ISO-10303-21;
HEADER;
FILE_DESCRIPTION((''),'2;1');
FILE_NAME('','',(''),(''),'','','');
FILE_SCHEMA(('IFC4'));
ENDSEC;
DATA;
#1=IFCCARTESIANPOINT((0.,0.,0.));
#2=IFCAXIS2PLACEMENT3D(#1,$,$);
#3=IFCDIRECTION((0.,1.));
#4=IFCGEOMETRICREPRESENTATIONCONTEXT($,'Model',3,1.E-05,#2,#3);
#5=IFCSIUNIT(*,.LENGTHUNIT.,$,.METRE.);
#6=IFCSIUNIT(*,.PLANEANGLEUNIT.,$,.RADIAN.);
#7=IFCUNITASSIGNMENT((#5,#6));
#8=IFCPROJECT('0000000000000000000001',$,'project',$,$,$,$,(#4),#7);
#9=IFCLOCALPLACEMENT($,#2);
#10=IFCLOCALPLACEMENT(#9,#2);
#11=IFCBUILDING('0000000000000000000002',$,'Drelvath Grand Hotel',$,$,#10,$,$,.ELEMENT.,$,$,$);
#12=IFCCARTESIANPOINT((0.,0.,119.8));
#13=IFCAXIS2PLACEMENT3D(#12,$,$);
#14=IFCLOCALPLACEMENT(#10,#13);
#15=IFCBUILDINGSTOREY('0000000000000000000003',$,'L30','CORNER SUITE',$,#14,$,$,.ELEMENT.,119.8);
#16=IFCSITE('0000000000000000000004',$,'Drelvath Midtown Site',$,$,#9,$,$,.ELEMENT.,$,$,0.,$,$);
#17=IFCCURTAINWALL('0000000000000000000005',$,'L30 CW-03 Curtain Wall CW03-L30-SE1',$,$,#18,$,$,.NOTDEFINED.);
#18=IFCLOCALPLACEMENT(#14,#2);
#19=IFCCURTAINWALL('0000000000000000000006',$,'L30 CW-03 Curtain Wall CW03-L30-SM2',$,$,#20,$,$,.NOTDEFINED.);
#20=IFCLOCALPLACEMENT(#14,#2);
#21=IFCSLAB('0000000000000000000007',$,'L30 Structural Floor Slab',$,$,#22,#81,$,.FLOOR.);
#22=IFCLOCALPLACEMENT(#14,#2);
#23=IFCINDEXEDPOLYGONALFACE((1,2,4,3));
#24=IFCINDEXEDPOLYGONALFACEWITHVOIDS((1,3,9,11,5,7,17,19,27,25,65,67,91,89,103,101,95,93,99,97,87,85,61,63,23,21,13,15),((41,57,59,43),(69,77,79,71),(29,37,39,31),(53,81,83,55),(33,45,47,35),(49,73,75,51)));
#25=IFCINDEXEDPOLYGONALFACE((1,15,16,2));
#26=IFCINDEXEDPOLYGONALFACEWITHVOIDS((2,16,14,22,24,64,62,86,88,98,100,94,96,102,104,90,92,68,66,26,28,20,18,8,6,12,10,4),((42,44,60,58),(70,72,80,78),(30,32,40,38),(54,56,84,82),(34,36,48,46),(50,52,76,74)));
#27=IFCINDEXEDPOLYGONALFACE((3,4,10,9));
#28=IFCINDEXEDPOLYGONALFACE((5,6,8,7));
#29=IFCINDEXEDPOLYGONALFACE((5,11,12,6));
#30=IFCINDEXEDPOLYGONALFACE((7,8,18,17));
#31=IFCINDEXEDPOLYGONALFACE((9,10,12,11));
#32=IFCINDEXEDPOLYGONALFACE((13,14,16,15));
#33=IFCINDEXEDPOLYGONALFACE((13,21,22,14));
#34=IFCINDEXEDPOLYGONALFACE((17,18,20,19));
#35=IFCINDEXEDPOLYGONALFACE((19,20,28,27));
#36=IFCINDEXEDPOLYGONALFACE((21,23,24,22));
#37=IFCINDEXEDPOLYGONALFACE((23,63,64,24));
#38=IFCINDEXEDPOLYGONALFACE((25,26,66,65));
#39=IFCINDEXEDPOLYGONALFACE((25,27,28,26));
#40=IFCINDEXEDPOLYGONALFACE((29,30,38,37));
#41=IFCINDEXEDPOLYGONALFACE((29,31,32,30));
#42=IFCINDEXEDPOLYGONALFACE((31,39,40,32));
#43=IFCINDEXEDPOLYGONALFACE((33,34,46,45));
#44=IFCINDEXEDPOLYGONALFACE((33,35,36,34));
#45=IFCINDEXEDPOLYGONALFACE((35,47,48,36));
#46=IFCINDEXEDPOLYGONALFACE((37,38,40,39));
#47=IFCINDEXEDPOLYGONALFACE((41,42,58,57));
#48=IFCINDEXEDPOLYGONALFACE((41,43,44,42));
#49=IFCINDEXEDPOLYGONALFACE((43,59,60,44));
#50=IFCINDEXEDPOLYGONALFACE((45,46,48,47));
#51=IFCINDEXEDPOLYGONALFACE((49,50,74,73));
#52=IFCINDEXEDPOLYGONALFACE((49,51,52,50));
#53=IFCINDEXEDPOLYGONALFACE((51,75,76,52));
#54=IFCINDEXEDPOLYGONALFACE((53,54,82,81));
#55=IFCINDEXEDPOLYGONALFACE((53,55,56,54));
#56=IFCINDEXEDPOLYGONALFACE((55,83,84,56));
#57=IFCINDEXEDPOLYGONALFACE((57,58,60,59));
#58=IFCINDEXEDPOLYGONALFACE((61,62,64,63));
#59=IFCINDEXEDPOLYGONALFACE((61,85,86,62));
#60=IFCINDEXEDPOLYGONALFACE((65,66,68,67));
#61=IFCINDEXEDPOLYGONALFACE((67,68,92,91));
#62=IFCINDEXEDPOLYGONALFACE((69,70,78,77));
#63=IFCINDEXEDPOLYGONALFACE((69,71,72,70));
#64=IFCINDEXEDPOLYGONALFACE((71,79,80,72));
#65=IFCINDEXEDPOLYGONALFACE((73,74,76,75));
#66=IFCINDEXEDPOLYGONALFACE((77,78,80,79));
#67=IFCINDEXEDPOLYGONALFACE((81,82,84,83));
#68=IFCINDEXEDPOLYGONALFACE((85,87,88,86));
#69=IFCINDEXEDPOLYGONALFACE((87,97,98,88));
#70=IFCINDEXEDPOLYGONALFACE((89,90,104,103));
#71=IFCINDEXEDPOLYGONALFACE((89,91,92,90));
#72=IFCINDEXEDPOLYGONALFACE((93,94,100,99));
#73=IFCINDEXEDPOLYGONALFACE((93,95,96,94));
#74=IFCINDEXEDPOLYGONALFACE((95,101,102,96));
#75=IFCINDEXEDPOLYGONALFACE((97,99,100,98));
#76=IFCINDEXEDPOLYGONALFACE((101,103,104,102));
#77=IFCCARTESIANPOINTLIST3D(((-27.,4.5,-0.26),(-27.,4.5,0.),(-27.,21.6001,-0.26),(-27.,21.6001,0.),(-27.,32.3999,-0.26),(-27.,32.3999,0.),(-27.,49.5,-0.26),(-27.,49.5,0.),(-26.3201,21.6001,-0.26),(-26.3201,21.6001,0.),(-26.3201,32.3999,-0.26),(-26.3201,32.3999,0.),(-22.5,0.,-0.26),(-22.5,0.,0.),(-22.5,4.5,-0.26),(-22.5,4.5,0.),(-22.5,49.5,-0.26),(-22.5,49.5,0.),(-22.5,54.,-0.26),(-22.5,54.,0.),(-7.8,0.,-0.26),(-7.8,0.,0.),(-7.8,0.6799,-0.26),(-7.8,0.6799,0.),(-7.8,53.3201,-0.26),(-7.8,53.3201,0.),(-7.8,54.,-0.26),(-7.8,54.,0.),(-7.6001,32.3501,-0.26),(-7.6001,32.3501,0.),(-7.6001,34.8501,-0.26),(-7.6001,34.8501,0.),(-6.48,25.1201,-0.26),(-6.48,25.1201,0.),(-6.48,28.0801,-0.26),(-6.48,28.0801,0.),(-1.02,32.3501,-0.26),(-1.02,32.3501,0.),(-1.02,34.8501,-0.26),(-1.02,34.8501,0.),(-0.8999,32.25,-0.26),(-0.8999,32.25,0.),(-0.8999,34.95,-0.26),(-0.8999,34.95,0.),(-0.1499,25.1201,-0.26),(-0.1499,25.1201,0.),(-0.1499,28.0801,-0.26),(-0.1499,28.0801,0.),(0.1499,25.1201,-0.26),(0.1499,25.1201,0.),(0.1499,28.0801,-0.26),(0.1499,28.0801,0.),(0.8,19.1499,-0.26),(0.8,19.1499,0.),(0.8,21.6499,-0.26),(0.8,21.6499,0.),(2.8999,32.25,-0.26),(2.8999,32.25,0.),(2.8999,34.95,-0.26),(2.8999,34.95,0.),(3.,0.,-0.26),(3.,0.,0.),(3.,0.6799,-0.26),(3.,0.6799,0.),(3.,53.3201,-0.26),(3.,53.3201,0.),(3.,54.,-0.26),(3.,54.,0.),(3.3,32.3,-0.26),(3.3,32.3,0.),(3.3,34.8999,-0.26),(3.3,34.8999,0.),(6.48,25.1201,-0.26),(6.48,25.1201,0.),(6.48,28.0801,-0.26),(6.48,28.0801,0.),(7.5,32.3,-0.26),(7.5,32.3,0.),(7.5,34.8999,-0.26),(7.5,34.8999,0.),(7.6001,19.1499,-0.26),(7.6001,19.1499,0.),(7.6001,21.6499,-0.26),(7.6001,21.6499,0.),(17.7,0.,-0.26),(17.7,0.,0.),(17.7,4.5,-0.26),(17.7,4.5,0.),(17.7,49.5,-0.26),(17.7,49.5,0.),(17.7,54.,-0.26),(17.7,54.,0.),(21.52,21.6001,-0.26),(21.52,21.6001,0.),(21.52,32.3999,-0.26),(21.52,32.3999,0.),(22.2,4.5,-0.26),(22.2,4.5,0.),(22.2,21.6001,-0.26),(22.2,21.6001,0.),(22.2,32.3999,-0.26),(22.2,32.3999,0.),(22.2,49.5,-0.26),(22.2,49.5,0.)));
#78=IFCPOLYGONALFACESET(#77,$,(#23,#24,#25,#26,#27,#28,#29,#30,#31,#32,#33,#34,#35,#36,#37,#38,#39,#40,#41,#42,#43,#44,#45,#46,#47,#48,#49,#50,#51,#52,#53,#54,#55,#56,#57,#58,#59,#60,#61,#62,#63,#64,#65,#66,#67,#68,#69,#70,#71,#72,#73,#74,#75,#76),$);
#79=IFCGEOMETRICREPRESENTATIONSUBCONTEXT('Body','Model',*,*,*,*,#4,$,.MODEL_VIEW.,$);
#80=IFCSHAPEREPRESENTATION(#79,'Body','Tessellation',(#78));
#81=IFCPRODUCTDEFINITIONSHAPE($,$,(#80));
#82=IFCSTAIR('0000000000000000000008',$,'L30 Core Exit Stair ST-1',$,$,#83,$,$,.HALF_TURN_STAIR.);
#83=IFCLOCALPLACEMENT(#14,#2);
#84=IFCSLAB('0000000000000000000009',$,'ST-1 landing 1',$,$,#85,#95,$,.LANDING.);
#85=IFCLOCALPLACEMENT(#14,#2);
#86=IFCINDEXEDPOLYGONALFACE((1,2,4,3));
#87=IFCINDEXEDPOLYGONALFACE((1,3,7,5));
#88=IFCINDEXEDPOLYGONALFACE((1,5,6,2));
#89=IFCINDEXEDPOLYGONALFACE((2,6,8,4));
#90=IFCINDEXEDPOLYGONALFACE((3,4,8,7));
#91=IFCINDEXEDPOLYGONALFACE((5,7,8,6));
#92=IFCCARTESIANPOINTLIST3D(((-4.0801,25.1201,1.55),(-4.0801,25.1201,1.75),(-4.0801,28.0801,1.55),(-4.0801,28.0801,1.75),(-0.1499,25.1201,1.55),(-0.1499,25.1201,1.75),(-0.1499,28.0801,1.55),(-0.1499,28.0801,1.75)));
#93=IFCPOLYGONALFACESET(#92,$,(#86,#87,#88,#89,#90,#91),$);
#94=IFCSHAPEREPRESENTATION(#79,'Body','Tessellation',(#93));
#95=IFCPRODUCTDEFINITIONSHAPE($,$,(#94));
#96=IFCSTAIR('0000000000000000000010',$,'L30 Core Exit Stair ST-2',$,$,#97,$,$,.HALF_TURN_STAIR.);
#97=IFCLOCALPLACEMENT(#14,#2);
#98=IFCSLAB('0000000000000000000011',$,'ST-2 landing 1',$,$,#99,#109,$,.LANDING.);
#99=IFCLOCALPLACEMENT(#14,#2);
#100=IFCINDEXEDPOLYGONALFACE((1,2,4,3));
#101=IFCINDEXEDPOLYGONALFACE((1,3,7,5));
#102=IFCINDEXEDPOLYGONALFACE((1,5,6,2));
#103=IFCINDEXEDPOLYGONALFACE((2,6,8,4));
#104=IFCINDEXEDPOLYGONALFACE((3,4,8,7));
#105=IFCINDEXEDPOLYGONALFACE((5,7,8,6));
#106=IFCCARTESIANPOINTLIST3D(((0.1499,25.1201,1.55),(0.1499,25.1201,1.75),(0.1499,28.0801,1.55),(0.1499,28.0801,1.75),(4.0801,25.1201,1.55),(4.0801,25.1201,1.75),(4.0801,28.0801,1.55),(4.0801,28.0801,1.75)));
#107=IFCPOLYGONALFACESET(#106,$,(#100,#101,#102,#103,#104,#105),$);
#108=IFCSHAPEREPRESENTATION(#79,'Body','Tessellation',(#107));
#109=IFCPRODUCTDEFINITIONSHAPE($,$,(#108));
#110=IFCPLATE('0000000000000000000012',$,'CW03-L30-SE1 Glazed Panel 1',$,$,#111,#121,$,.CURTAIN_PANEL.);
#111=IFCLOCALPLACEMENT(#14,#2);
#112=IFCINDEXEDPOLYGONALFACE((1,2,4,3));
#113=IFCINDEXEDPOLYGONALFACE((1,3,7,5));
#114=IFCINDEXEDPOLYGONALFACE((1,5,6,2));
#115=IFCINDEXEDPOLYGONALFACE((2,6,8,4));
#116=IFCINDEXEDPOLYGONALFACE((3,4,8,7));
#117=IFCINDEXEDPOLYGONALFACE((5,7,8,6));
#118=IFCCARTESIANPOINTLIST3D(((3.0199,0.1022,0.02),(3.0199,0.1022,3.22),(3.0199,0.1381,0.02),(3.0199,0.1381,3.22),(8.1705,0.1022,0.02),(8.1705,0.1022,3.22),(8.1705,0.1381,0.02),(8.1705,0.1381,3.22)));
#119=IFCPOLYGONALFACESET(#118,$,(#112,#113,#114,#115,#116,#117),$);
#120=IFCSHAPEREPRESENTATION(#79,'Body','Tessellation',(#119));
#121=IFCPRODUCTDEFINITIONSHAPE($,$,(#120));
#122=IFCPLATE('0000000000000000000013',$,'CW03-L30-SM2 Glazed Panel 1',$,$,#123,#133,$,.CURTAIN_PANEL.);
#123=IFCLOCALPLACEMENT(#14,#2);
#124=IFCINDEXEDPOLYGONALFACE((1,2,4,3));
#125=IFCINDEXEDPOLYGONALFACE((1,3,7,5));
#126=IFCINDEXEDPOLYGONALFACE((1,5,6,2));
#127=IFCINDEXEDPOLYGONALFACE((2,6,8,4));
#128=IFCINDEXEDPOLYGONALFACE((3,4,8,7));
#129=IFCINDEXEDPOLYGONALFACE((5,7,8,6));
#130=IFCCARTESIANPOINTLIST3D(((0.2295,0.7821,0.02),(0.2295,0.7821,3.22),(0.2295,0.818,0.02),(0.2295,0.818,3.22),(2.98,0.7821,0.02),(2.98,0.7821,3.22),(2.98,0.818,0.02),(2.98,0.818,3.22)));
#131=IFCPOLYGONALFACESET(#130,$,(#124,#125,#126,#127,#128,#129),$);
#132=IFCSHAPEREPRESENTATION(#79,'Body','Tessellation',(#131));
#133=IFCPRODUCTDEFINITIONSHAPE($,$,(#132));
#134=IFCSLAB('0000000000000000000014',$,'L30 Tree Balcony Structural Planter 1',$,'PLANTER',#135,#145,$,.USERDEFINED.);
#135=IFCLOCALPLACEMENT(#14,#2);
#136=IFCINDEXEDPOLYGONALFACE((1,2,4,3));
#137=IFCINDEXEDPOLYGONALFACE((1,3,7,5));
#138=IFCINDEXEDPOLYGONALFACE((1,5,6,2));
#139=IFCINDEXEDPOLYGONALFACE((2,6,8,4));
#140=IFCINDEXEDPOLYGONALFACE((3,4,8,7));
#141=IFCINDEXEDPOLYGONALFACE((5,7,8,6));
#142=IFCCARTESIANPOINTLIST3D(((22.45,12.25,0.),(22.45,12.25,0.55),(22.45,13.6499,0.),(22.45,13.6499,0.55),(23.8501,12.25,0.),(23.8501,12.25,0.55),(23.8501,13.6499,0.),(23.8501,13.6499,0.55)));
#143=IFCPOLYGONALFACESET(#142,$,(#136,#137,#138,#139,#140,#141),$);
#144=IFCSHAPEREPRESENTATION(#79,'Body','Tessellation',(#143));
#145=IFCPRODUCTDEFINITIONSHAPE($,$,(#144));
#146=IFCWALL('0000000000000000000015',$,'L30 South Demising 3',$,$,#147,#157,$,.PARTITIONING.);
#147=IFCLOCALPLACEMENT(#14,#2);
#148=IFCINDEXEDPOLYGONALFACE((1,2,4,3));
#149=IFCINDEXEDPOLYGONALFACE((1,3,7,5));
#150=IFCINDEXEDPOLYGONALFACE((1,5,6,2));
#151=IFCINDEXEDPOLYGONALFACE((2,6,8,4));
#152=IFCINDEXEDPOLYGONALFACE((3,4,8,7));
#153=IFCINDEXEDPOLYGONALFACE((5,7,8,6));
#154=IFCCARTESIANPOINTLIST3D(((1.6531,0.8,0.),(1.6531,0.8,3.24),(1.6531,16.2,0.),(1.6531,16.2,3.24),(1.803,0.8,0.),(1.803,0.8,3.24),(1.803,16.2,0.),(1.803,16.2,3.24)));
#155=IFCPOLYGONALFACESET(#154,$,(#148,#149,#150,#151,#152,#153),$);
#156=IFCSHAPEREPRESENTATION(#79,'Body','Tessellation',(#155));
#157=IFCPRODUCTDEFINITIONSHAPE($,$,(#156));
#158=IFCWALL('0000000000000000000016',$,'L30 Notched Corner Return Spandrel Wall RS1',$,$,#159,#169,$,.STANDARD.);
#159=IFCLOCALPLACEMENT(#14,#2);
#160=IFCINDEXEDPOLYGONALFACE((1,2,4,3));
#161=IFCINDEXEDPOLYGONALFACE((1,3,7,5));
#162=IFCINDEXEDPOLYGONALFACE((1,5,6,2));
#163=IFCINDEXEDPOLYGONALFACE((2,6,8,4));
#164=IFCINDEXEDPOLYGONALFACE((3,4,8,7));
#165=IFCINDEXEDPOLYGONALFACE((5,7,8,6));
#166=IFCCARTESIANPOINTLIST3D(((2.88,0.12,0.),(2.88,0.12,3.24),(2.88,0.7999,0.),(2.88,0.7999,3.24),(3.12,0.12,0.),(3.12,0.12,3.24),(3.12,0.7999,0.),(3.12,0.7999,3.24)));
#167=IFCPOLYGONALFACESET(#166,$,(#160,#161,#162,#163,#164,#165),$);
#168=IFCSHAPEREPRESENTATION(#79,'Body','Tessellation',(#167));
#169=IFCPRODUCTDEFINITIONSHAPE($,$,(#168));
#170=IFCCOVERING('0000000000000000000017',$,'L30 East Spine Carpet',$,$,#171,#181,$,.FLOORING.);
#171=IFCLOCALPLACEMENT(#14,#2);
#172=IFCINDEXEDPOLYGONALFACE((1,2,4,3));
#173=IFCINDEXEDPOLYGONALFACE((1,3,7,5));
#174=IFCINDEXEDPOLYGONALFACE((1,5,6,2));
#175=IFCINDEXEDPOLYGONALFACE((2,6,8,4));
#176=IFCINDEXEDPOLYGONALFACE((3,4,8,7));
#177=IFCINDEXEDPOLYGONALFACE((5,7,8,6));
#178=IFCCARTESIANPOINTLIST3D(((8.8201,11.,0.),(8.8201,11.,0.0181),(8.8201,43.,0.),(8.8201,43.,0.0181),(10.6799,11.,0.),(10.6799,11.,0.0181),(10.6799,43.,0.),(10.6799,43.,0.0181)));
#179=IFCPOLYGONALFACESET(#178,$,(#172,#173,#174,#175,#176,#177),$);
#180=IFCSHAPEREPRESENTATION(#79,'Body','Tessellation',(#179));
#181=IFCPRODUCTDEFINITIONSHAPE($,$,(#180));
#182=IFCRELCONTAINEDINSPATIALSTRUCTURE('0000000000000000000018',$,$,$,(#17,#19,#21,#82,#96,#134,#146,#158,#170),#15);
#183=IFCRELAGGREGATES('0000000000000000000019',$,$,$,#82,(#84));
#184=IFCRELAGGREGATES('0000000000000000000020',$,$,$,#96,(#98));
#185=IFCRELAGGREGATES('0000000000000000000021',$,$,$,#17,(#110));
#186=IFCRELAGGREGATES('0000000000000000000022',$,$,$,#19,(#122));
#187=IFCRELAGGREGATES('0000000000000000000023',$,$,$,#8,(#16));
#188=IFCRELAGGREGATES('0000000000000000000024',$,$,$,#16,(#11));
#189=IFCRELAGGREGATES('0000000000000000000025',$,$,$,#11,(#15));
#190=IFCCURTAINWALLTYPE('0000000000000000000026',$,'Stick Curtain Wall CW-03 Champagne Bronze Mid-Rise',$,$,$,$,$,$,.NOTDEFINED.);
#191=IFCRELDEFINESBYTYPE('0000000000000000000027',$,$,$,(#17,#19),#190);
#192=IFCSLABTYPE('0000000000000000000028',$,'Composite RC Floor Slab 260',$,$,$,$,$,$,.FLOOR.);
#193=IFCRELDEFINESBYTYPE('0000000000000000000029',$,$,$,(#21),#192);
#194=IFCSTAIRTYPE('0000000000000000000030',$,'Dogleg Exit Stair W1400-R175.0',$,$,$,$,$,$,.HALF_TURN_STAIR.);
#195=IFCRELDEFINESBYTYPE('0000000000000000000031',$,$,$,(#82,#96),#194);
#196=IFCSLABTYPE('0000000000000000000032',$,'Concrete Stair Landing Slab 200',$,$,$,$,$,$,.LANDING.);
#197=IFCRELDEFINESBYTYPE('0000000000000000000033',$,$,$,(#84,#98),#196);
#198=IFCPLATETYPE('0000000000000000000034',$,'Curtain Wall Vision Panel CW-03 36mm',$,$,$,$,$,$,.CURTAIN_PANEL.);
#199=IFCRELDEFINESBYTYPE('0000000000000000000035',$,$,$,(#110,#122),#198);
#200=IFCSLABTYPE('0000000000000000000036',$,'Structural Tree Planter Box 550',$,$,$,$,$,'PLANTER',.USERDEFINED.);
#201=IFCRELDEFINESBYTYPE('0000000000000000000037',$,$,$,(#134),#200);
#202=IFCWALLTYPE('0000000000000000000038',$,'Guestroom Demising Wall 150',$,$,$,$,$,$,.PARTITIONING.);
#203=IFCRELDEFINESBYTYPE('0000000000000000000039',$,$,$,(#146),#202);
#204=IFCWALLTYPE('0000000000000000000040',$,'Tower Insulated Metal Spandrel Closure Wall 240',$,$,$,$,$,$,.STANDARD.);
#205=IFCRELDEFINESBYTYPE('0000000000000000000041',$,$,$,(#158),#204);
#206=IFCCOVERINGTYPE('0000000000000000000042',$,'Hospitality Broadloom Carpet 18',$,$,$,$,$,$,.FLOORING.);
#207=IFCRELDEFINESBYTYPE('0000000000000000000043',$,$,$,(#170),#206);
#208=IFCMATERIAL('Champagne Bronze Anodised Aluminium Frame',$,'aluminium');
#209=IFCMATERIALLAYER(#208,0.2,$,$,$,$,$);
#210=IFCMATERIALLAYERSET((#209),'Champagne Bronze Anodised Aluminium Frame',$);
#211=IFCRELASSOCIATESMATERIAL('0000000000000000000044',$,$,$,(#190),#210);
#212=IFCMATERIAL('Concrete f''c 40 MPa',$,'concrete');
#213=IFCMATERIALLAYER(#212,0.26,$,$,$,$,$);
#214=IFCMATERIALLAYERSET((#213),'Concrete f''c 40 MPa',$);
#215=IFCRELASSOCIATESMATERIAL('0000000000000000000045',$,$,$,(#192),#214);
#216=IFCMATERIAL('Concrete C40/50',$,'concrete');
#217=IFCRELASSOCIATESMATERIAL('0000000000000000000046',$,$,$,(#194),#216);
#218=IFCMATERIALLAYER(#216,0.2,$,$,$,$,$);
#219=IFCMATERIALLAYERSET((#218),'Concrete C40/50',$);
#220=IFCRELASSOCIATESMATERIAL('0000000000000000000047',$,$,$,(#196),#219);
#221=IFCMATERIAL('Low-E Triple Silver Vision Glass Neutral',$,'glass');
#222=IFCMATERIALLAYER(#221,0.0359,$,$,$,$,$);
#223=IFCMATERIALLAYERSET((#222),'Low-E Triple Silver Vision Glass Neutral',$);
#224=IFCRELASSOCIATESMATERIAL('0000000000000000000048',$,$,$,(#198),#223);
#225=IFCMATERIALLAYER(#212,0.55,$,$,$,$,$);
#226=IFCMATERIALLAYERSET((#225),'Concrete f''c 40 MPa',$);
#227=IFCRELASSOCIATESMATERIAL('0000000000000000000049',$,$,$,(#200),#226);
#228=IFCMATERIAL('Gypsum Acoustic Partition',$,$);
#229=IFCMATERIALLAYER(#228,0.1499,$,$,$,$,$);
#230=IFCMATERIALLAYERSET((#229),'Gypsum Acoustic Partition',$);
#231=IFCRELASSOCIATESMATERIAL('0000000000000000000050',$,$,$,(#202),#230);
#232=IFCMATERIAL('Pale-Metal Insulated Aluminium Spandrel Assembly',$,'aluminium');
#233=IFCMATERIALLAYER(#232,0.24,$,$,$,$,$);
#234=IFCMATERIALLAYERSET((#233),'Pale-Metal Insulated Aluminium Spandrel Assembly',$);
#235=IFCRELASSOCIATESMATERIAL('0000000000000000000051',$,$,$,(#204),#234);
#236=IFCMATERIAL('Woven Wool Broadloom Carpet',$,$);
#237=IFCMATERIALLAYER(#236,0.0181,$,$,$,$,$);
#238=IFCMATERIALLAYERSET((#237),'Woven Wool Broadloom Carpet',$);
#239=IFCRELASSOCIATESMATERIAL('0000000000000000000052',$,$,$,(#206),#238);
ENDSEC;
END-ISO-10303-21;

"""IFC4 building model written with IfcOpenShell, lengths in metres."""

from ifc_helpers import new_model, si_unit, direction, frame, frame_2d, origin, origin_2d, place, context, subcontext, project, spatial, polyline, rectangle, outline, extrude, material, layer, layer_set, type_object, element, aggregate, save


model = new_model("IFC4")

# Units and contexts
model_context = context("Model", 3, precision=1e-05, world=origin(), true_north=direction((0.0, 1.0)))
body_context = subcontext(model_context, "Body", "Model", "MODEL_VIEW")
ifc_project = project(units=[si_unit("LENGTHUNIT", "METRE"), si_unit("PLANEANGLEUNIT", "RADIAN")], contexts=[model_context])

# Site, building, storey
site_placement = place(None, origin())
site = spatial("IfcSite", under=ifc_project, at=site_placement, Name="Drelvath Midtown Site", CompositionType="ELEMENT", RefElevation=0.0)
building_placement = place(site_placement, origin())
building = spatial("IfcBuilding", under=site, at=building_placement, Name="Drelvath Grand Hotel", CompositionType="ELEMENT")
storey_placement = place(building_placement, frame((0.0, 0.0, 119.8)))
storey = spatial("IfcBuildingStorey", under=building, at=storey_placement, Name="L30", Description="CORNER SUITE", CompositionType="ELEMENT", Elevation=119.8)

# Curtain walls
ifc_material_1 = material(Name="Champagne Bronze Anodised Aluminium Frame", Category="aluminium")
ifc_layer_1 = layer(ifc_material_1, 0.2)
ifc_layer_set_1 = layer_set([ifc_layer_1], Name="Champagne Bronze Anodised Aluminium Frame")
curtain_wall_type = type_object("IfcCurtainWallType", Name="Stick Curtain Wall CW-03 Champagne Bronze Mid-Rise", PredefinedType="NOTDEFINED", material=ifc_layer_set_1)
curtain_wall_1_placement = place(storey_placement, origin())
curtain_wall_1 = element("IfcCurtainWall", 1, at=curtain_wall_1_placement, inside=storey, type_object=curtain_wall_type, Name="L30 CW-03 Curtain Wall CW03-L30-SE1", PredefinedType="NOTDEFINED")
curtain_wall_2_placement = place(storey_placement, origin())
curtain_wall_2 = element("IfcCurtainWall", 2, at=curtain_wall_2_placement, inside=storey, type_object=curtain_wall_type, Name="L30 CW-03 Curtain Wall CW03-L30-SM2", PredefinedType="NOTDEFINED")

# Slab
ifc_material_2 = material(Name="Concrete f'c 40 MPa", Category="concrete")
ifc_layer_2 = layer(ifc_material_2, 0.26)
ifc_layer_set_2 = layer_set([ifc_layer_2], Name="Concrete f'c 40 MPa")
slab_type_1 = type_object("IfcSlabType", Name="Composite RC Floor Slab 260", PredefinedType="FLOOR", material=ifc_layer_set_2)
slab_1_placement = place(storey_placement, frame((0.0, 0.0, -0.26)))
element("IfcSlab", 3, at=slab_1_placement, inside=storey, type_object=slab_type_1, Name="L30 Structural Floor Slab", PredefinedType="FLOOR", context=body_context, shape_type="SweptSolid", body=[
    extrude(outline(polyline([(-22.5, 0.0), (-7.8, 0.0), (-7.8, 0.6799), (3.0, 0.6799), (3.0, 0.0), (17.7, 0.0), (17.7, 4.5), (22.2, 4.5), (22.2, 21.6001), (21.52, 21.6001), (21.52, 32.3999), (22.2, 32.3999), (22.2, 49.5), (17.7, 49.5), (17.7, 54.0), (3.0, 54.0), (3.0, 53.3201), (-7.8, 53.3201), (-7.8, 54.0), (-22.5, 54.0), (-22.5, 49.5), (-27.0, 49.5), (-27.0, 32.3999), (-26.3201, 32.3999), (-26.3201, 21.6001), (-27.0, 21.6001), (-27.0, 4.5), (-22.5, 4.5), (-22.5, 0.0)]), holes=[polyline([(-6.48, 25.1201), (-6.48, 28.0801), (-0.1499, 28.0801), (-0.1499, 25.1201), (-6.48, 25.1201)]), polyline([(0.1499, 25.1201), (0.1499, 28.0801), (6.48, 28.0801), (6.48, 25.1201), (0.1499, 25.1201)]), polyline([(0.8, 19.1499), (0.8, 21.6499), (7.6001, 21.6499), (7.6001, 19.1499), (0.8, 19.1499)]), polyline([(-7.6001, 32.3501), (-7.6001, 34.8501), (-1.02, 34.8501), (-1.02, 32.3501), (-7.6001, 32.3501)]), polyline([(-0.8999, 32.25), (-0.8999, 34.95), (2.8999, 34.95), (2.8999, 32.25), (-0.8999, 32.25)]), polyline([(3.3, 32.3), (3.3, 34.8999), (7.5, 34.8999), (7.5, 32.3), (3.3, 32.3)])]), origin(), (0.0, 0.0, 1.0), 0.26),
])

# Stairs, slabs
ifc_material_3 = material(Name="Concrete C40/50", Category="concrete")
stair_type = type_object("IfcStairType", Name="Dogleg Exit Stair W1400-R175.0", PredefinedType="HALF_TURN_STAIR", material=ifc_material_3)
stair_1_placement = place(storey_placement, origin())
stair_1 = element("IfcStair", 4, at=stair_1_placement, inside=storey, type_object=stair_type, Name="L30 Core Exit Stair ST-1", PredefinedType="HALF_TURN_STAIR")
ifc_layer_3 = layer(ifc_material_3, 0.2)
ifc_layer_set_3 = layer_set([ifc_layer_3], Name="Concrete C40/50")
slab_type_2 = type_object("IfcSlabType", Name="Concrete Stair Landing Slab 200", PredefinedType="LANDING", material=ifc_layer_set_3)
slab_2_placement = place(storey_placement, frame((0.0, 0.0, 1.55)))
slab_2 = element("IfcSlab", 5, at=slab_2_placement, type_object=slab_type_2, Name="ST-1 landing 1", PredefinedType="LANDING", context=body_context, shape_type="SweptSolid", body=[
    extrude(outline(polyline([(-4.0801, 25.1201), (-0.1499, 25.1201), (-0.1499, 28.0801), (-4.0801, 28.0801), (-4.0801, 25.1201)])), origin(), (0.0, 0.0, 1.0), 0.2),
])
aggregate(stair_1, [slab_2])
stair_2_placement = place(storey_placement, origin())
stair_2 = element("IfcStair", 6, at=stair_2_placement, inside=storey, type_object=stair_type, Name="L30 Core Exit Stair ST-2", PredefinedType="HALF_TURN_STAIR")
slab_3_placement = place(storey_placement, frame((0.0, 0.0, 1.55)))
slab_3 = element("IfcSlab", 7, at=slab_3_placement, type_object=slab_type_2, Name="ST-2 landing 1", PredefinedType="LANDING", context=body_context, shape_type="SweptSolid", body=[
    extrude(outline(polyline([(4.0801, 28.0801), (0.1499, 28.0801), (0.1499, 25.1201), (4.0801, 25.1201), (4.0801, 28.0801)])), origin(), (0.0, 0.0, 1.0), 0.2),
])
aggregate(stair_2, [slab_3])

# Plates
ifc_material_4 = material(Name="Low-E Triple Silver Vision Glass Neutral", Category="glass")
ifc_layer_4 = layer(ifc_material_4, 0.0359)
ifc_layer_set_4 = layer_set([ifc_layer_4], Name="Low-E Triple Silver Vision Glass Neutral")
plate_type = type_object("IfcPlateType", Name="Curtain Wall Vision Panel CW-03 36mm", PredefinedType="CURTAIN_PANEL", material=ifc_layer_set_4)
plate_1_placement = place(storey_placement, frame((5.5952, 0.1201, 0.02), z_axis=(0.0, 0.0, 1.0), x_axis=(-1.0, 0.0, 0.0)))
plate_1 = element("IfcPlate", 8, at=plate_1_placement, type_object=plate_type, Name="CW03-L30-SE1 Glazed Panel 1", PredefinedType="CURTAIN_PANEL", context=body_context, shape_type="SweptSolid", body=[
    extrude(rectangle(XDim=5.1506, YDim=0.0359, at=origin_2d()), origin(), (0.0, 0.0, 1.0), 3.2),
])
aggregate(curtain_wall_1, [plate_1])
plate_2_placement = place(storey_placement, frame((1.6047, 0.8, 0.02), z_axis=(0.0, 0.0, 1.0), x_axis=(-1.0, 0.0, 0.0)))
plate_2 = element("IfcPlate", 9, at=plate_2_placement, type_object=plate_type, Name="CW03-L30-SM2 Glazed Panel 1", PredefinedType="CURTAIN_PANEL", context=body_context, shape_type="SweptSolid", body=[
    extrude(rectangle(XDim=2.7505, YDim=0.0359, at=origin_2d()), origin(), (0.0, 0.0, 1.0), 3.2),
])
aggregate(curtain_wall_2, [plate_2])

# Slab
ifc_layer_5 = layer(ifc_material_2, 0.55)
ifc_layer_set_5 = layer_set([ifc_layer_5], Name="Concrete f'c 40 MPa")
slab_type_3 = type_object("IfcSlabType", Name="Structural Tree Planter Box 550", ElementType="PLANTER", PredefinedType="USERDEFINED", material=ifc_layer_set_5)
slab_4_placement = place(storey_placement, origin())
element("IfcSlab", 10, at=slab_4_placement, inside=storey, type_object=slab_type_3, Name="L30 Tree Balcony Structural Planter 1", ObjectType="PLANTER", PredefinedType="USERDEFINED", context=body_context, shape_type="SweptSolid", body=[
    extrude(outline(polyline([(22.45, 12.25), (23.8501, 12.25), (23.8501, 13.6499), (22.45, 13.6499), (22.45, 12.25)])), origin(), (0.0, 0.0, 1.0), 0.55),
])

# Walls
ifc_material_5 = material(Name="Gypsum Acoustic Partition")
ifc_layer_6 = layer(ifc_material_5, 0.1499)
ifc_layer_set_6 = layer_set([ifc_layer_6], Name="Gypsum Acoustic Partition")
wall_type_1 = type_object("IfcWallType", Name="Guestroom Demising Wall 150", PredefinedType="PARTITIONING", material=ifc_layer_set_6)
wall_1_placement = place(storey_placement, frame((1.728, 0.8, 0.0), z_axis=(0.0, 0.0, 1.0), x_axis=(0.0, 1.0, 0.0)))
element("IfcWall", 11, at=wall_1_placement, inside=storey, type_object=wall_type_1, Name="L30 South Demising 3", PredefinedType="PARTITIONING", context=body_context, shape_type="SweptSolid", body=[
    extrude(rectangle(XDim=15.3999, YDim=0.1499, at=frame_2d((7.7, 0.0))), origin(), (0.0, 0.0, 1.0), 3.24),
])
ifc_material_6 = material(Name="Pale-Metal Insulated Aluminium Spandrel Assembly", Category="aluminium")
ifc_layer_7 = layer(ifc_material_6, 0.24)
ifc_layer_set_7 = layer_set([ifc_layer_7], Name="Pale-Metal Insulated Aluminium Spandrel Assembly")
wall_type_2 = type_object("IfcWallType", Name="Tower Insulated Metal Spandrel Closure Wall 240", PredefinedType="STANDARD", material=ifc_layer_set_7)
wall_2_placement = place(storey_placement, frame((3.0, 0.1201, 0.0), z_axis=(0.0, 0.0, 1.0), x_axis=(0.0, 1.0, 0.0)))
element("IfcWall", 12, at=wall_2_placement, inside=storey, type_object=wall_type_2, Name="L30 Notched Corner Return Spandrel Wall RS1", PredefinedType="STANDARD", context=body_context, shape_type="SweptSolid", body=[
    extrude(rectangle(XDim=0.6799, YDim=0.24, at=frame_2d((0.3398, 0.0))), origin(), (0.0, 0.0, 1.0), 3.24),
])

# Covering
ifc_material_7 = material(Name="Woven Wool Broadloom Carpet")
ifc_layer_8 = layer(ifc_material_7, 0.0181)
ifc_layer_set_8 = layer_set([ifc_layer_8], Name="Woven Wool Broadloom Carpet")
covering_type_1 = type_object("IfcCoveringType", Name="Hospitality Broadloom Carpet 18", PredefinedType="FLOORING", material=ifc_layer_set_8)
covering_1_placement = place(storey_placement, origin())
element("IfcCovering", 13, at=covering_1_placement, inside=storey, type_object=covering_type_1, Name="L30 East Spine Carpet", PredefinedType="FLOORING", context=body_context, shape_type="SweptSolid", body=[
    extrude(outline(polyline([(10.6799, 11.0), (10.6799, 43.0), (8.8201, 43.0), (8.8201, 11.0), (10.6799, 11.0)])), origin(), (0.0, 0.0, 1.0), 0.0181),
])

save(model, "model.ifc")
